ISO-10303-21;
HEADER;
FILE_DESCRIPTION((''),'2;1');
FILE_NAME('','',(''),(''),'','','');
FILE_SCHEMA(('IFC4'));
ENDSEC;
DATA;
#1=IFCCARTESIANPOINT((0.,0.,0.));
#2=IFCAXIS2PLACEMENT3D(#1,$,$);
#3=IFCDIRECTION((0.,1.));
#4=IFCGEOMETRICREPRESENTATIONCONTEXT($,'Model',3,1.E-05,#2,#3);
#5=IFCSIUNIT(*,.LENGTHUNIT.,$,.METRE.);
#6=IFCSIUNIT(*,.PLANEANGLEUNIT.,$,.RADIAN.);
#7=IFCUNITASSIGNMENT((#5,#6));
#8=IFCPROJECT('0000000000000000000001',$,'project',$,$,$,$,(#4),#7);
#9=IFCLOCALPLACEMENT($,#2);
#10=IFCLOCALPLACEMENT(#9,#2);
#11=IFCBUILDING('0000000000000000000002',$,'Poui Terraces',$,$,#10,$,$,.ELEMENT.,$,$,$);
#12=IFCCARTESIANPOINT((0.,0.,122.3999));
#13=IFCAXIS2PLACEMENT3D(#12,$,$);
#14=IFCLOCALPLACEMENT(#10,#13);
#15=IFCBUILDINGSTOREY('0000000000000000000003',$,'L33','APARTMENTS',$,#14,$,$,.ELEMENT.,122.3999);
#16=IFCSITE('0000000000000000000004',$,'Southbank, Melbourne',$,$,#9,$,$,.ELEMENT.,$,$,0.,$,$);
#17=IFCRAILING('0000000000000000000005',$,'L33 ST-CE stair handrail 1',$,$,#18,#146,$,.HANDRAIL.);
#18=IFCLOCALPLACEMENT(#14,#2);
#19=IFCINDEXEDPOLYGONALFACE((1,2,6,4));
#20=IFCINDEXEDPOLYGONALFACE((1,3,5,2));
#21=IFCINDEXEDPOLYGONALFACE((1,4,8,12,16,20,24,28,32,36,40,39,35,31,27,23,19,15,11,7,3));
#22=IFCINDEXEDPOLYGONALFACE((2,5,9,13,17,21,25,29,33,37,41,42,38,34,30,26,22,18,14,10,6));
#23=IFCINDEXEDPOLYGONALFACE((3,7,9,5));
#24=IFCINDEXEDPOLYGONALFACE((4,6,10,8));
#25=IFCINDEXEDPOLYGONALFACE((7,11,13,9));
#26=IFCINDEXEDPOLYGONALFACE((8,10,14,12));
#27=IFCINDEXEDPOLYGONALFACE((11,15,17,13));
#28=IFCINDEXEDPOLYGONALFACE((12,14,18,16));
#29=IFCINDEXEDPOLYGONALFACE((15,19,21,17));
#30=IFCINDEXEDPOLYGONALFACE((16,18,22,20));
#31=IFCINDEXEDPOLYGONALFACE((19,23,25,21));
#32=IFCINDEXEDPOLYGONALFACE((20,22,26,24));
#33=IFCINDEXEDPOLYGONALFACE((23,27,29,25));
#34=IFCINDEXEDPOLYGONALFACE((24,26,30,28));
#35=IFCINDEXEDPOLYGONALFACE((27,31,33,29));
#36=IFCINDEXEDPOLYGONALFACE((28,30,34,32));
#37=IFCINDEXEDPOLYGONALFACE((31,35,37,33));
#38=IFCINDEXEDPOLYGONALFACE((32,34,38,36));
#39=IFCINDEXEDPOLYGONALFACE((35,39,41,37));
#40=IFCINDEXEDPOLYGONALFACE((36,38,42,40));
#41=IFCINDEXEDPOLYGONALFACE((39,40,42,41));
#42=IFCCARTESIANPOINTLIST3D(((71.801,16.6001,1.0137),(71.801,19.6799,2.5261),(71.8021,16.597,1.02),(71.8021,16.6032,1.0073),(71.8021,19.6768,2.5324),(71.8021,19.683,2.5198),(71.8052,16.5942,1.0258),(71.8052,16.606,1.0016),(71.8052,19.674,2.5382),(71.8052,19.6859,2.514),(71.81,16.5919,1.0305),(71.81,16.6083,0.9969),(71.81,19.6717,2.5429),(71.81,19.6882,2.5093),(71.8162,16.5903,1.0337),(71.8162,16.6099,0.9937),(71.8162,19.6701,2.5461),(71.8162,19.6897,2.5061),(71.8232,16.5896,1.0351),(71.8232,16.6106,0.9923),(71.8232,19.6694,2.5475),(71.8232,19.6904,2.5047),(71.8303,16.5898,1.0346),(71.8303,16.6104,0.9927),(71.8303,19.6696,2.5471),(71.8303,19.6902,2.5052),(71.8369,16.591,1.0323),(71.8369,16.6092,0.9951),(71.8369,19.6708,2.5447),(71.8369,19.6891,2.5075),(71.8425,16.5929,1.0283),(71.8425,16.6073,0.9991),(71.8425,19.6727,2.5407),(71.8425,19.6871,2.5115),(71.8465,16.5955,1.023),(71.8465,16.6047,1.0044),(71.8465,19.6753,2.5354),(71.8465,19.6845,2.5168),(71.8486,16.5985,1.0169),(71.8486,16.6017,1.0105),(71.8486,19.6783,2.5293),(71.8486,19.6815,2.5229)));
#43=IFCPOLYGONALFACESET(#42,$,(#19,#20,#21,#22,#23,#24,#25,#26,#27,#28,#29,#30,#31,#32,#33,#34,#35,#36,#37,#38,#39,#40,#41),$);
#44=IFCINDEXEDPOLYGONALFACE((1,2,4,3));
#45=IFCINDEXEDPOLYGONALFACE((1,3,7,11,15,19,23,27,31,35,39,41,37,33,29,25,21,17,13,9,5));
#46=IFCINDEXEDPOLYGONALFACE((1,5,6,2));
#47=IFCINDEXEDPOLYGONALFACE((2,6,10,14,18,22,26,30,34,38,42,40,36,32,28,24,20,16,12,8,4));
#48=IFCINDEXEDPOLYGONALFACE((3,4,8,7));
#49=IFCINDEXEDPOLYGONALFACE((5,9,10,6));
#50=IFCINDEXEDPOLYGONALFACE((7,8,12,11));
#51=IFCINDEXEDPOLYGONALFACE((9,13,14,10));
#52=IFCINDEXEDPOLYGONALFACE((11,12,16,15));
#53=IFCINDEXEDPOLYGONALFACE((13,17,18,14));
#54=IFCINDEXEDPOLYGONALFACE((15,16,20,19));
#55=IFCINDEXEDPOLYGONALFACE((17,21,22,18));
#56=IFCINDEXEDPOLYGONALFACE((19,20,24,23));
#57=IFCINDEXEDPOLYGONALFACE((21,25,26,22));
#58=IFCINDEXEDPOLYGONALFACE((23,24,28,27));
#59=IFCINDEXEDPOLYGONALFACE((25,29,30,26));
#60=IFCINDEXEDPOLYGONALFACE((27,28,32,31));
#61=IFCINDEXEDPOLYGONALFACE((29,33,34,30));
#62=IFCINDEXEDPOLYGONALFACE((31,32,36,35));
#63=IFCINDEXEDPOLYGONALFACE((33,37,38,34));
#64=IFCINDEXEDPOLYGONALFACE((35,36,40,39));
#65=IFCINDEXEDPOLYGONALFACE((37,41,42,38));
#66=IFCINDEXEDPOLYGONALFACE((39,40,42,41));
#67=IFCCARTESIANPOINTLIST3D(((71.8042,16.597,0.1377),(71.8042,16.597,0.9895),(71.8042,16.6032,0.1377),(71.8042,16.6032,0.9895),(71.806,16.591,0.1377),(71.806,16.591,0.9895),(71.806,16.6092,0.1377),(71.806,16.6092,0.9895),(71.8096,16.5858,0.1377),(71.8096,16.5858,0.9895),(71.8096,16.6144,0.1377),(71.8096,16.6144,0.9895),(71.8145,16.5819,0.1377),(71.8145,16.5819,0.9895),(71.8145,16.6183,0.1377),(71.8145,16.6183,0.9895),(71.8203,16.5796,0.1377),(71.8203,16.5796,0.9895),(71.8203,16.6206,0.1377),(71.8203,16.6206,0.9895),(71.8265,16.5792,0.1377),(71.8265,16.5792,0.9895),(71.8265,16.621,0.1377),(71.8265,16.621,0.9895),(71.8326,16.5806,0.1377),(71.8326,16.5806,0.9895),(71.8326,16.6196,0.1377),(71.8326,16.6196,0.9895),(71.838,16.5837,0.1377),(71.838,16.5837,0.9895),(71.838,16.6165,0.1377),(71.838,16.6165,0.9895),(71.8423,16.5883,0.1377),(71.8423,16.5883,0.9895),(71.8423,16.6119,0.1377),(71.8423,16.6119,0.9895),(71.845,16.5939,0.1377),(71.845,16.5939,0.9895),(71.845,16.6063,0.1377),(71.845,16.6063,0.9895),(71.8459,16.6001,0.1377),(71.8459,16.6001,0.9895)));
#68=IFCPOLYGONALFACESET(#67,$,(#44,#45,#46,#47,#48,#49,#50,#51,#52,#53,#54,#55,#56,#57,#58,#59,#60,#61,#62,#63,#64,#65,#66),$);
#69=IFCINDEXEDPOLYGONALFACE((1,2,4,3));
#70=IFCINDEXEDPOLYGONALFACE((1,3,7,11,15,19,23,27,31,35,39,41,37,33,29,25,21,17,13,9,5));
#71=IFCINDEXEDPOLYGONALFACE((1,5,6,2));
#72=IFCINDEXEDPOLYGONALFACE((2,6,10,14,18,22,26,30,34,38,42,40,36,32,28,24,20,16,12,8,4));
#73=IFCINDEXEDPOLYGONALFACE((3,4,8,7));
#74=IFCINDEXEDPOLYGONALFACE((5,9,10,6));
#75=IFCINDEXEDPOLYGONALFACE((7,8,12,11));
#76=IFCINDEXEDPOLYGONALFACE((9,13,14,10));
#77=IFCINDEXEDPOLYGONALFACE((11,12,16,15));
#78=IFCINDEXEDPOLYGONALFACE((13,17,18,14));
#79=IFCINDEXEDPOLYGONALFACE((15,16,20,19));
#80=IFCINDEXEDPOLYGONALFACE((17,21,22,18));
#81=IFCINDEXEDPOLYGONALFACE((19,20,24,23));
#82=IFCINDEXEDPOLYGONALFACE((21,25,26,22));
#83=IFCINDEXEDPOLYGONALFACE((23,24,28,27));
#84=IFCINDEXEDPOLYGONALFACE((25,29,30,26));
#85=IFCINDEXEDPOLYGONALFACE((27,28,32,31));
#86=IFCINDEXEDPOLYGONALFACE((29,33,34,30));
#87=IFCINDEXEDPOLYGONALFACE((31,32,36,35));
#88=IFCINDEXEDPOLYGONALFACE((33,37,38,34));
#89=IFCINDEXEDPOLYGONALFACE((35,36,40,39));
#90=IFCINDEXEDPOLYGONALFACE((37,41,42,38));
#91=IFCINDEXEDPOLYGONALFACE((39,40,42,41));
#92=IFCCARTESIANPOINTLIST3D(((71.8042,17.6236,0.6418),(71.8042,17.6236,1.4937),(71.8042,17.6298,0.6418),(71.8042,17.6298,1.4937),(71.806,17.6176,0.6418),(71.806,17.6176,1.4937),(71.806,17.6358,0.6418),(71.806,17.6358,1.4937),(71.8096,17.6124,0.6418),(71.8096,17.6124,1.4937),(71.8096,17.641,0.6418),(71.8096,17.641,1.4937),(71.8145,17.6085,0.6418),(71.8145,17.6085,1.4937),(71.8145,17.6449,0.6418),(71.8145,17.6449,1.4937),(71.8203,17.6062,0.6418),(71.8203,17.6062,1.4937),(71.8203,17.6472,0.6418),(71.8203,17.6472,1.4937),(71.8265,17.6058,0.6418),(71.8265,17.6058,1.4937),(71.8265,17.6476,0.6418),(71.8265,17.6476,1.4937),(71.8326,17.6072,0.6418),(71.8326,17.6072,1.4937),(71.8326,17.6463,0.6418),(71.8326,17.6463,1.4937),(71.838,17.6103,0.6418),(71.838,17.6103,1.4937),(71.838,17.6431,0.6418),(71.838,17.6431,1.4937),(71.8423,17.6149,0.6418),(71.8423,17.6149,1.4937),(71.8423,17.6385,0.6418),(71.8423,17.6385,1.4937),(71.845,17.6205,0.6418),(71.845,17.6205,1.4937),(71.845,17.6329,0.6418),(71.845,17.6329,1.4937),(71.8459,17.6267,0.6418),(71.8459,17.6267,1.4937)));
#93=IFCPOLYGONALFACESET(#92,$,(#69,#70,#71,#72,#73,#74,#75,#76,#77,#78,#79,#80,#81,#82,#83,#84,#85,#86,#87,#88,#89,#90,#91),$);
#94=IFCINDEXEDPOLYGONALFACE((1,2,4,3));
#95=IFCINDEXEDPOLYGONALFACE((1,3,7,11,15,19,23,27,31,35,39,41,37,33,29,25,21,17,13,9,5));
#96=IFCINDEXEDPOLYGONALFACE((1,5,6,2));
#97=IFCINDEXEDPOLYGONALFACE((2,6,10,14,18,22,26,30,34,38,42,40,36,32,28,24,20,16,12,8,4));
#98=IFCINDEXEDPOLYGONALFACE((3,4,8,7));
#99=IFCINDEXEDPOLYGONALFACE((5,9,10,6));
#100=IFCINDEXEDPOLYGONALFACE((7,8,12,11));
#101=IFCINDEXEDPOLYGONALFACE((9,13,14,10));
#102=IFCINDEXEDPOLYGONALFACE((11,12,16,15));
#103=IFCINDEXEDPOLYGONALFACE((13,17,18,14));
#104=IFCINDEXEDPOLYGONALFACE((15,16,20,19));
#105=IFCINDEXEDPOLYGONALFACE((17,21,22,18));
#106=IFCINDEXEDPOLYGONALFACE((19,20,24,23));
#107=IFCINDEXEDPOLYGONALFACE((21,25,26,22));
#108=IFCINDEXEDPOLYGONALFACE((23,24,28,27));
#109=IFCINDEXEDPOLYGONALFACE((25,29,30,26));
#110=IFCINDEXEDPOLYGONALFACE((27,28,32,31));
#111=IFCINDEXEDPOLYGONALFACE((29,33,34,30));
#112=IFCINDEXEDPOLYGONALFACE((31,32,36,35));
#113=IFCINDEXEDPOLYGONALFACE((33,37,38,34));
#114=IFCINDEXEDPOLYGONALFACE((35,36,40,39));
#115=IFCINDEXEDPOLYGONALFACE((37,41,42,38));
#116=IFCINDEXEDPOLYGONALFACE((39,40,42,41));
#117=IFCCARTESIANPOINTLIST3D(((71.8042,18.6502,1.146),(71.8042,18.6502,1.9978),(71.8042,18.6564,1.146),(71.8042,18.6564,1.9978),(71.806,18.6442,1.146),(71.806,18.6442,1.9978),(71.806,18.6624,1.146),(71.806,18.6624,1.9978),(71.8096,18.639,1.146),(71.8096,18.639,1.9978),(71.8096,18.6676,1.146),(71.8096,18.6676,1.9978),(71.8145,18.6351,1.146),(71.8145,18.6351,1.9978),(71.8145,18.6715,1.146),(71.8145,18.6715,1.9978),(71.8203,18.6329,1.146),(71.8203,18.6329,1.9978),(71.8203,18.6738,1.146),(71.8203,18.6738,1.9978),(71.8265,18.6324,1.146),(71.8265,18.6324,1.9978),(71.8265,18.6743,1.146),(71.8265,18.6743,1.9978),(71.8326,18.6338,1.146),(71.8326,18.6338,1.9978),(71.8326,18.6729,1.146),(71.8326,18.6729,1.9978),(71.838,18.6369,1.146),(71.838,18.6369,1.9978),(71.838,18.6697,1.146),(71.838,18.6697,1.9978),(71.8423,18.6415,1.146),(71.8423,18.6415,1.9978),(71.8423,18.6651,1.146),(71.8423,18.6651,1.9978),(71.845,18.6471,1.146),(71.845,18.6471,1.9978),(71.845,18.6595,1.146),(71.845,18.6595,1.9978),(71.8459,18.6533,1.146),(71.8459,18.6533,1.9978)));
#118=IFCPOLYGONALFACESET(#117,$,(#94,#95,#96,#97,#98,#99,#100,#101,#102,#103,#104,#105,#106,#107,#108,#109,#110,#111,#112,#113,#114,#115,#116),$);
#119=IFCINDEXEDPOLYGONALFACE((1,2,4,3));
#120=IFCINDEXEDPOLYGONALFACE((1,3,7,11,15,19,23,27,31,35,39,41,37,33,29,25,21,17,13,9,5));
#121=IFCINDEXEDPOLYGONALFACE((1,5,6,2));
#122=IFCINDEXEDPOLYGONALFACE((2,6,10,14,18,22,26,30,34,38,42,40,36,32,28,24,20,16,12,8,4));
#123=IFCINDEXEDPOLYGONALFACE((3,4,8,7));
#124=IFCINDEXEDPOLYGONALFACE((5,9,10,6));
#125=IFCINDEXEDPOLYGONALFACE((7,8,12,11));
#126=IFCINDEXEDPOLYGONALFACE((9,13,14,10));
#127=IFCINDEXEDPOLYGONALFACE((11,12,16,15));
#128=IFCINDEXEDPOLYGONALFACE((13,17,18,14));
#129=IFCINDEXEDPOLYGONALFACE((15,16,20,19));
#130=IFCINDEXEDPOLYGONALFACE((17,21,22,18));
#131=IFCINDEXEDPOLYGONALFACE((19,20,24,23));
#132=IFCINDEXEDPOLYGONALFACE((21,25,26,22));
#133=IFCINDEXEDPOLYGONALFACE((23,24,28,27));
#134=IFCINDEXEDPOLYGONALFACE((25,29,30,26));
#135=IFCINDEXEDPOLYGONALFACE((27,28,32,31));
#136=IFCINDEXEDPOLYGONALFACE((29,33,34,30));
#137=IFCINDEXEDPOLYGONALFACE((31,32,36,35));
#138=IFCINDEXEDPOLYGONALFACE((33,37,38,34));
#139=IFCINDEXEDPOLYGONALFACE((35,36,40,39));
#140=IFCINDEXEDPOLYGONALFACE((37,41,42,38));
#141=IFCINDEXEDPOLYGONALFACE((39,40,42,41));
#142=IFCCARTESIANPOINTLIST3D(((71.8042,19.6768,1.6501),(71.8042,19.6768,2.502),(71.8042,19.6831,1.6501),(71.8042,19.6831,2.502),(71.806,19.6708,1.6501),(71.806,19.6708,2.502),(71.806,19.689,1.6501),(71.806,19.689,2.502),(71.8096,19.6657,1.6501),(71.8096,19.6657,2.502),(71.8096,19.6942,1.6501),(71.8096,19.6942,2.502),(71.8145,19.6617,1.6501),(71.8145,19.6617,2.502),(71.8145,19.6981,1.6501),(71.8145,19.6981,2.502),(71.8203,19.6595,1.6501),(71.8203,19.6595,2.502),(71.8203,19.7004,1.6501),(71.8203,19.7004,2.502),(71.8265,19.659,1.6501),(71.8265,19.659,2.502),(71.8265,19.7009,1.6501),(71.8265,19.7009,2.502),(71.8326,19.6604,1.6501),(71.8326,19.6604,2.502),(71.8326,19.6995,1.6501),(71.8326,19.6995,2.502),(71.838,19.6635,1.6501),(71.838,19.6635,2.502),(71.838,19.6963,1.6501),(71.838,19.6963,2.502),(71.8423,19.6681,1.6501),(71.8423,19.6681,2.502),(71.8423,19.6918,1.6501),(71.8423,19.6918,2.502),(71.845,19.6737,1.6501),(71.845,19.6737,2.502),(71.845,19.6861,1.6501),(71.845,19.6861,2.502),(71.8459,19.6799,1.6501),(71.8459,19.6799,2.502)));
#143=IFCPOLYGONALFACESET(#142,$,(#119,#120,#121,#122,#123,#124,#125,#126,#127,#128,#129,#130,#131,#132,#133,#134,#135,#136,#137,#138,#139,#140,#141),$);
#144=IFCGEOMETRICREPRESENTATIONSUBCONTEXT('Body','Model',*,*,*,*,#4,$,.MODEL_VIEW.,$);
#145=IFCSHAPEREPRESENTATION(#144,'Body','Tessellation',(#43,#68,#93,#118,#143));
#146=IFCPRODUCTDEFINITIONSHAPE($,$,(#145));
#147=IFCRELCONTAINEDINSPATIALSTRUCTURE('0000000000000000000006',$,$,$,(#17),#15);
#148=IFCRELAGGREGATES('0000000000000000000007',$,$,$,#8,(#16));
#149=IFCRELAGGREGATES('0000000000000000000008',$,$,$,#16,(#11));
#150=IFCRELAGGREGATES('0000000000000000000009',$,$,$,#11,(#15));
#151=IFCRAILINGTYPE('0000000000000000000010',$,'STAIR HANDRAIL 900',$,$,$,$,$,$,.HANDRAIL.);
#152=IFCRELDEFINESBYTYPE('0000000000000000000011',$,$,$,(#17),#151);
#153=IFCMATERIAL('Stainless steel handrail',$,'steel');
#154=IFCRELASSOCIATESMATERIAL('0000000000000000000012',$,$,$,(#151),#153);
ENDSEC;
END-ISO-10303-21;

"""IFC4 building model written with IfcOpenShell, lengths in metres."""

from ifc_helpers import new_model, si_unit, direction, frame, origin, origin_2d, place, context, subcontext, project, spatial, circle, extrude, material, type_object, element, save


model = new_model("IFC4")

# Units and contexts
model_context = context("Model", 3, precision=1e-05, world=origin(), true_north=direction((0.0, 1.0)))
body_context = subcontext(model_context, "Body", "Model", "MODEL_VIEW")
ifc_project = project(units=[si_unit("LENGTHUNIT", "METRE"), si_unit("PLANEANGLEUNIT", "RADIAN")], contexts=[model_context])

# Site, building, storey
site_placement = place(None, origin())
site = spatial("IfcSite", under=ifc_project, at=site_placement, Name="Southbank, Melbourne", CompositionType="ELEMENT", RefElevation=0.0)
building_placement = place(site_placement, origin())
building = spatial("IfcBuilding", under=site, at=building_placement, Name="Poui Terraces", CompositionType="ELEMENT")
storey_placement = place(building_placement, frame((0.0, 0.0, 122.3999)))
storey = spatial("IfcBuildingStorey", under=building, at=storey_placement, Name="L33", Description="APARTMENTS", CompositionType="ELEMENT", Elevation=122.3999)

# Railing
ifc_material_1 = material(Name="Stainless steel handrail", Category="steel")
railing_type_1 = type_object("IfcRailingType", Name="STAIR HANDRAIL 900", PredefinedType="HANDRAIL", material=ifc_material_1)
railing_1_placement = place(storey_placement, frame((71.825, 16.6001, 0.1377)))
element("IfcRailing", 1, at=railing_1_placement, inside=storey, type_object=railing_type_1, Name="L33 ST-CE stair handrail 1", PredefinedType="HANDRAIL", context=body_context, shape_type="SweptSolid", body=[
    extrude(circle(Radius=0.0239, at=origin_2d()), frame((0.0, 0.0, 0.876), z_axis=(0.0, 0.897606, 0.440798), x_axis=(-1.0, 0.0, 0.0)), (0.0, 0.0, 1.0), 3.4312),
    extrude(circle(Radius=0.021, at=origin_2d()), origin(), (0.0, 0.0, 1.0), 0.8518),
    extrude(circle(Radius=0.021, at=origin_2d()), frame((0.0, 1.0266, 0.5042)), (0.0, 0.0, 1.0), 0.8518),
    extrude(circle(Radius=0.021, at=origin_2d()), frame((0.0, 2.0532, 1.0083)), (0.0, 0.0, 1.0), 0.8518),
    extrude(circle(Radius=0.021, at=origin_2d()), frame((0.0, 3.0798, 1.5125)), (0.0, 0.0, 1.0), 0.8518),
])

save(model, "model.ifc")
